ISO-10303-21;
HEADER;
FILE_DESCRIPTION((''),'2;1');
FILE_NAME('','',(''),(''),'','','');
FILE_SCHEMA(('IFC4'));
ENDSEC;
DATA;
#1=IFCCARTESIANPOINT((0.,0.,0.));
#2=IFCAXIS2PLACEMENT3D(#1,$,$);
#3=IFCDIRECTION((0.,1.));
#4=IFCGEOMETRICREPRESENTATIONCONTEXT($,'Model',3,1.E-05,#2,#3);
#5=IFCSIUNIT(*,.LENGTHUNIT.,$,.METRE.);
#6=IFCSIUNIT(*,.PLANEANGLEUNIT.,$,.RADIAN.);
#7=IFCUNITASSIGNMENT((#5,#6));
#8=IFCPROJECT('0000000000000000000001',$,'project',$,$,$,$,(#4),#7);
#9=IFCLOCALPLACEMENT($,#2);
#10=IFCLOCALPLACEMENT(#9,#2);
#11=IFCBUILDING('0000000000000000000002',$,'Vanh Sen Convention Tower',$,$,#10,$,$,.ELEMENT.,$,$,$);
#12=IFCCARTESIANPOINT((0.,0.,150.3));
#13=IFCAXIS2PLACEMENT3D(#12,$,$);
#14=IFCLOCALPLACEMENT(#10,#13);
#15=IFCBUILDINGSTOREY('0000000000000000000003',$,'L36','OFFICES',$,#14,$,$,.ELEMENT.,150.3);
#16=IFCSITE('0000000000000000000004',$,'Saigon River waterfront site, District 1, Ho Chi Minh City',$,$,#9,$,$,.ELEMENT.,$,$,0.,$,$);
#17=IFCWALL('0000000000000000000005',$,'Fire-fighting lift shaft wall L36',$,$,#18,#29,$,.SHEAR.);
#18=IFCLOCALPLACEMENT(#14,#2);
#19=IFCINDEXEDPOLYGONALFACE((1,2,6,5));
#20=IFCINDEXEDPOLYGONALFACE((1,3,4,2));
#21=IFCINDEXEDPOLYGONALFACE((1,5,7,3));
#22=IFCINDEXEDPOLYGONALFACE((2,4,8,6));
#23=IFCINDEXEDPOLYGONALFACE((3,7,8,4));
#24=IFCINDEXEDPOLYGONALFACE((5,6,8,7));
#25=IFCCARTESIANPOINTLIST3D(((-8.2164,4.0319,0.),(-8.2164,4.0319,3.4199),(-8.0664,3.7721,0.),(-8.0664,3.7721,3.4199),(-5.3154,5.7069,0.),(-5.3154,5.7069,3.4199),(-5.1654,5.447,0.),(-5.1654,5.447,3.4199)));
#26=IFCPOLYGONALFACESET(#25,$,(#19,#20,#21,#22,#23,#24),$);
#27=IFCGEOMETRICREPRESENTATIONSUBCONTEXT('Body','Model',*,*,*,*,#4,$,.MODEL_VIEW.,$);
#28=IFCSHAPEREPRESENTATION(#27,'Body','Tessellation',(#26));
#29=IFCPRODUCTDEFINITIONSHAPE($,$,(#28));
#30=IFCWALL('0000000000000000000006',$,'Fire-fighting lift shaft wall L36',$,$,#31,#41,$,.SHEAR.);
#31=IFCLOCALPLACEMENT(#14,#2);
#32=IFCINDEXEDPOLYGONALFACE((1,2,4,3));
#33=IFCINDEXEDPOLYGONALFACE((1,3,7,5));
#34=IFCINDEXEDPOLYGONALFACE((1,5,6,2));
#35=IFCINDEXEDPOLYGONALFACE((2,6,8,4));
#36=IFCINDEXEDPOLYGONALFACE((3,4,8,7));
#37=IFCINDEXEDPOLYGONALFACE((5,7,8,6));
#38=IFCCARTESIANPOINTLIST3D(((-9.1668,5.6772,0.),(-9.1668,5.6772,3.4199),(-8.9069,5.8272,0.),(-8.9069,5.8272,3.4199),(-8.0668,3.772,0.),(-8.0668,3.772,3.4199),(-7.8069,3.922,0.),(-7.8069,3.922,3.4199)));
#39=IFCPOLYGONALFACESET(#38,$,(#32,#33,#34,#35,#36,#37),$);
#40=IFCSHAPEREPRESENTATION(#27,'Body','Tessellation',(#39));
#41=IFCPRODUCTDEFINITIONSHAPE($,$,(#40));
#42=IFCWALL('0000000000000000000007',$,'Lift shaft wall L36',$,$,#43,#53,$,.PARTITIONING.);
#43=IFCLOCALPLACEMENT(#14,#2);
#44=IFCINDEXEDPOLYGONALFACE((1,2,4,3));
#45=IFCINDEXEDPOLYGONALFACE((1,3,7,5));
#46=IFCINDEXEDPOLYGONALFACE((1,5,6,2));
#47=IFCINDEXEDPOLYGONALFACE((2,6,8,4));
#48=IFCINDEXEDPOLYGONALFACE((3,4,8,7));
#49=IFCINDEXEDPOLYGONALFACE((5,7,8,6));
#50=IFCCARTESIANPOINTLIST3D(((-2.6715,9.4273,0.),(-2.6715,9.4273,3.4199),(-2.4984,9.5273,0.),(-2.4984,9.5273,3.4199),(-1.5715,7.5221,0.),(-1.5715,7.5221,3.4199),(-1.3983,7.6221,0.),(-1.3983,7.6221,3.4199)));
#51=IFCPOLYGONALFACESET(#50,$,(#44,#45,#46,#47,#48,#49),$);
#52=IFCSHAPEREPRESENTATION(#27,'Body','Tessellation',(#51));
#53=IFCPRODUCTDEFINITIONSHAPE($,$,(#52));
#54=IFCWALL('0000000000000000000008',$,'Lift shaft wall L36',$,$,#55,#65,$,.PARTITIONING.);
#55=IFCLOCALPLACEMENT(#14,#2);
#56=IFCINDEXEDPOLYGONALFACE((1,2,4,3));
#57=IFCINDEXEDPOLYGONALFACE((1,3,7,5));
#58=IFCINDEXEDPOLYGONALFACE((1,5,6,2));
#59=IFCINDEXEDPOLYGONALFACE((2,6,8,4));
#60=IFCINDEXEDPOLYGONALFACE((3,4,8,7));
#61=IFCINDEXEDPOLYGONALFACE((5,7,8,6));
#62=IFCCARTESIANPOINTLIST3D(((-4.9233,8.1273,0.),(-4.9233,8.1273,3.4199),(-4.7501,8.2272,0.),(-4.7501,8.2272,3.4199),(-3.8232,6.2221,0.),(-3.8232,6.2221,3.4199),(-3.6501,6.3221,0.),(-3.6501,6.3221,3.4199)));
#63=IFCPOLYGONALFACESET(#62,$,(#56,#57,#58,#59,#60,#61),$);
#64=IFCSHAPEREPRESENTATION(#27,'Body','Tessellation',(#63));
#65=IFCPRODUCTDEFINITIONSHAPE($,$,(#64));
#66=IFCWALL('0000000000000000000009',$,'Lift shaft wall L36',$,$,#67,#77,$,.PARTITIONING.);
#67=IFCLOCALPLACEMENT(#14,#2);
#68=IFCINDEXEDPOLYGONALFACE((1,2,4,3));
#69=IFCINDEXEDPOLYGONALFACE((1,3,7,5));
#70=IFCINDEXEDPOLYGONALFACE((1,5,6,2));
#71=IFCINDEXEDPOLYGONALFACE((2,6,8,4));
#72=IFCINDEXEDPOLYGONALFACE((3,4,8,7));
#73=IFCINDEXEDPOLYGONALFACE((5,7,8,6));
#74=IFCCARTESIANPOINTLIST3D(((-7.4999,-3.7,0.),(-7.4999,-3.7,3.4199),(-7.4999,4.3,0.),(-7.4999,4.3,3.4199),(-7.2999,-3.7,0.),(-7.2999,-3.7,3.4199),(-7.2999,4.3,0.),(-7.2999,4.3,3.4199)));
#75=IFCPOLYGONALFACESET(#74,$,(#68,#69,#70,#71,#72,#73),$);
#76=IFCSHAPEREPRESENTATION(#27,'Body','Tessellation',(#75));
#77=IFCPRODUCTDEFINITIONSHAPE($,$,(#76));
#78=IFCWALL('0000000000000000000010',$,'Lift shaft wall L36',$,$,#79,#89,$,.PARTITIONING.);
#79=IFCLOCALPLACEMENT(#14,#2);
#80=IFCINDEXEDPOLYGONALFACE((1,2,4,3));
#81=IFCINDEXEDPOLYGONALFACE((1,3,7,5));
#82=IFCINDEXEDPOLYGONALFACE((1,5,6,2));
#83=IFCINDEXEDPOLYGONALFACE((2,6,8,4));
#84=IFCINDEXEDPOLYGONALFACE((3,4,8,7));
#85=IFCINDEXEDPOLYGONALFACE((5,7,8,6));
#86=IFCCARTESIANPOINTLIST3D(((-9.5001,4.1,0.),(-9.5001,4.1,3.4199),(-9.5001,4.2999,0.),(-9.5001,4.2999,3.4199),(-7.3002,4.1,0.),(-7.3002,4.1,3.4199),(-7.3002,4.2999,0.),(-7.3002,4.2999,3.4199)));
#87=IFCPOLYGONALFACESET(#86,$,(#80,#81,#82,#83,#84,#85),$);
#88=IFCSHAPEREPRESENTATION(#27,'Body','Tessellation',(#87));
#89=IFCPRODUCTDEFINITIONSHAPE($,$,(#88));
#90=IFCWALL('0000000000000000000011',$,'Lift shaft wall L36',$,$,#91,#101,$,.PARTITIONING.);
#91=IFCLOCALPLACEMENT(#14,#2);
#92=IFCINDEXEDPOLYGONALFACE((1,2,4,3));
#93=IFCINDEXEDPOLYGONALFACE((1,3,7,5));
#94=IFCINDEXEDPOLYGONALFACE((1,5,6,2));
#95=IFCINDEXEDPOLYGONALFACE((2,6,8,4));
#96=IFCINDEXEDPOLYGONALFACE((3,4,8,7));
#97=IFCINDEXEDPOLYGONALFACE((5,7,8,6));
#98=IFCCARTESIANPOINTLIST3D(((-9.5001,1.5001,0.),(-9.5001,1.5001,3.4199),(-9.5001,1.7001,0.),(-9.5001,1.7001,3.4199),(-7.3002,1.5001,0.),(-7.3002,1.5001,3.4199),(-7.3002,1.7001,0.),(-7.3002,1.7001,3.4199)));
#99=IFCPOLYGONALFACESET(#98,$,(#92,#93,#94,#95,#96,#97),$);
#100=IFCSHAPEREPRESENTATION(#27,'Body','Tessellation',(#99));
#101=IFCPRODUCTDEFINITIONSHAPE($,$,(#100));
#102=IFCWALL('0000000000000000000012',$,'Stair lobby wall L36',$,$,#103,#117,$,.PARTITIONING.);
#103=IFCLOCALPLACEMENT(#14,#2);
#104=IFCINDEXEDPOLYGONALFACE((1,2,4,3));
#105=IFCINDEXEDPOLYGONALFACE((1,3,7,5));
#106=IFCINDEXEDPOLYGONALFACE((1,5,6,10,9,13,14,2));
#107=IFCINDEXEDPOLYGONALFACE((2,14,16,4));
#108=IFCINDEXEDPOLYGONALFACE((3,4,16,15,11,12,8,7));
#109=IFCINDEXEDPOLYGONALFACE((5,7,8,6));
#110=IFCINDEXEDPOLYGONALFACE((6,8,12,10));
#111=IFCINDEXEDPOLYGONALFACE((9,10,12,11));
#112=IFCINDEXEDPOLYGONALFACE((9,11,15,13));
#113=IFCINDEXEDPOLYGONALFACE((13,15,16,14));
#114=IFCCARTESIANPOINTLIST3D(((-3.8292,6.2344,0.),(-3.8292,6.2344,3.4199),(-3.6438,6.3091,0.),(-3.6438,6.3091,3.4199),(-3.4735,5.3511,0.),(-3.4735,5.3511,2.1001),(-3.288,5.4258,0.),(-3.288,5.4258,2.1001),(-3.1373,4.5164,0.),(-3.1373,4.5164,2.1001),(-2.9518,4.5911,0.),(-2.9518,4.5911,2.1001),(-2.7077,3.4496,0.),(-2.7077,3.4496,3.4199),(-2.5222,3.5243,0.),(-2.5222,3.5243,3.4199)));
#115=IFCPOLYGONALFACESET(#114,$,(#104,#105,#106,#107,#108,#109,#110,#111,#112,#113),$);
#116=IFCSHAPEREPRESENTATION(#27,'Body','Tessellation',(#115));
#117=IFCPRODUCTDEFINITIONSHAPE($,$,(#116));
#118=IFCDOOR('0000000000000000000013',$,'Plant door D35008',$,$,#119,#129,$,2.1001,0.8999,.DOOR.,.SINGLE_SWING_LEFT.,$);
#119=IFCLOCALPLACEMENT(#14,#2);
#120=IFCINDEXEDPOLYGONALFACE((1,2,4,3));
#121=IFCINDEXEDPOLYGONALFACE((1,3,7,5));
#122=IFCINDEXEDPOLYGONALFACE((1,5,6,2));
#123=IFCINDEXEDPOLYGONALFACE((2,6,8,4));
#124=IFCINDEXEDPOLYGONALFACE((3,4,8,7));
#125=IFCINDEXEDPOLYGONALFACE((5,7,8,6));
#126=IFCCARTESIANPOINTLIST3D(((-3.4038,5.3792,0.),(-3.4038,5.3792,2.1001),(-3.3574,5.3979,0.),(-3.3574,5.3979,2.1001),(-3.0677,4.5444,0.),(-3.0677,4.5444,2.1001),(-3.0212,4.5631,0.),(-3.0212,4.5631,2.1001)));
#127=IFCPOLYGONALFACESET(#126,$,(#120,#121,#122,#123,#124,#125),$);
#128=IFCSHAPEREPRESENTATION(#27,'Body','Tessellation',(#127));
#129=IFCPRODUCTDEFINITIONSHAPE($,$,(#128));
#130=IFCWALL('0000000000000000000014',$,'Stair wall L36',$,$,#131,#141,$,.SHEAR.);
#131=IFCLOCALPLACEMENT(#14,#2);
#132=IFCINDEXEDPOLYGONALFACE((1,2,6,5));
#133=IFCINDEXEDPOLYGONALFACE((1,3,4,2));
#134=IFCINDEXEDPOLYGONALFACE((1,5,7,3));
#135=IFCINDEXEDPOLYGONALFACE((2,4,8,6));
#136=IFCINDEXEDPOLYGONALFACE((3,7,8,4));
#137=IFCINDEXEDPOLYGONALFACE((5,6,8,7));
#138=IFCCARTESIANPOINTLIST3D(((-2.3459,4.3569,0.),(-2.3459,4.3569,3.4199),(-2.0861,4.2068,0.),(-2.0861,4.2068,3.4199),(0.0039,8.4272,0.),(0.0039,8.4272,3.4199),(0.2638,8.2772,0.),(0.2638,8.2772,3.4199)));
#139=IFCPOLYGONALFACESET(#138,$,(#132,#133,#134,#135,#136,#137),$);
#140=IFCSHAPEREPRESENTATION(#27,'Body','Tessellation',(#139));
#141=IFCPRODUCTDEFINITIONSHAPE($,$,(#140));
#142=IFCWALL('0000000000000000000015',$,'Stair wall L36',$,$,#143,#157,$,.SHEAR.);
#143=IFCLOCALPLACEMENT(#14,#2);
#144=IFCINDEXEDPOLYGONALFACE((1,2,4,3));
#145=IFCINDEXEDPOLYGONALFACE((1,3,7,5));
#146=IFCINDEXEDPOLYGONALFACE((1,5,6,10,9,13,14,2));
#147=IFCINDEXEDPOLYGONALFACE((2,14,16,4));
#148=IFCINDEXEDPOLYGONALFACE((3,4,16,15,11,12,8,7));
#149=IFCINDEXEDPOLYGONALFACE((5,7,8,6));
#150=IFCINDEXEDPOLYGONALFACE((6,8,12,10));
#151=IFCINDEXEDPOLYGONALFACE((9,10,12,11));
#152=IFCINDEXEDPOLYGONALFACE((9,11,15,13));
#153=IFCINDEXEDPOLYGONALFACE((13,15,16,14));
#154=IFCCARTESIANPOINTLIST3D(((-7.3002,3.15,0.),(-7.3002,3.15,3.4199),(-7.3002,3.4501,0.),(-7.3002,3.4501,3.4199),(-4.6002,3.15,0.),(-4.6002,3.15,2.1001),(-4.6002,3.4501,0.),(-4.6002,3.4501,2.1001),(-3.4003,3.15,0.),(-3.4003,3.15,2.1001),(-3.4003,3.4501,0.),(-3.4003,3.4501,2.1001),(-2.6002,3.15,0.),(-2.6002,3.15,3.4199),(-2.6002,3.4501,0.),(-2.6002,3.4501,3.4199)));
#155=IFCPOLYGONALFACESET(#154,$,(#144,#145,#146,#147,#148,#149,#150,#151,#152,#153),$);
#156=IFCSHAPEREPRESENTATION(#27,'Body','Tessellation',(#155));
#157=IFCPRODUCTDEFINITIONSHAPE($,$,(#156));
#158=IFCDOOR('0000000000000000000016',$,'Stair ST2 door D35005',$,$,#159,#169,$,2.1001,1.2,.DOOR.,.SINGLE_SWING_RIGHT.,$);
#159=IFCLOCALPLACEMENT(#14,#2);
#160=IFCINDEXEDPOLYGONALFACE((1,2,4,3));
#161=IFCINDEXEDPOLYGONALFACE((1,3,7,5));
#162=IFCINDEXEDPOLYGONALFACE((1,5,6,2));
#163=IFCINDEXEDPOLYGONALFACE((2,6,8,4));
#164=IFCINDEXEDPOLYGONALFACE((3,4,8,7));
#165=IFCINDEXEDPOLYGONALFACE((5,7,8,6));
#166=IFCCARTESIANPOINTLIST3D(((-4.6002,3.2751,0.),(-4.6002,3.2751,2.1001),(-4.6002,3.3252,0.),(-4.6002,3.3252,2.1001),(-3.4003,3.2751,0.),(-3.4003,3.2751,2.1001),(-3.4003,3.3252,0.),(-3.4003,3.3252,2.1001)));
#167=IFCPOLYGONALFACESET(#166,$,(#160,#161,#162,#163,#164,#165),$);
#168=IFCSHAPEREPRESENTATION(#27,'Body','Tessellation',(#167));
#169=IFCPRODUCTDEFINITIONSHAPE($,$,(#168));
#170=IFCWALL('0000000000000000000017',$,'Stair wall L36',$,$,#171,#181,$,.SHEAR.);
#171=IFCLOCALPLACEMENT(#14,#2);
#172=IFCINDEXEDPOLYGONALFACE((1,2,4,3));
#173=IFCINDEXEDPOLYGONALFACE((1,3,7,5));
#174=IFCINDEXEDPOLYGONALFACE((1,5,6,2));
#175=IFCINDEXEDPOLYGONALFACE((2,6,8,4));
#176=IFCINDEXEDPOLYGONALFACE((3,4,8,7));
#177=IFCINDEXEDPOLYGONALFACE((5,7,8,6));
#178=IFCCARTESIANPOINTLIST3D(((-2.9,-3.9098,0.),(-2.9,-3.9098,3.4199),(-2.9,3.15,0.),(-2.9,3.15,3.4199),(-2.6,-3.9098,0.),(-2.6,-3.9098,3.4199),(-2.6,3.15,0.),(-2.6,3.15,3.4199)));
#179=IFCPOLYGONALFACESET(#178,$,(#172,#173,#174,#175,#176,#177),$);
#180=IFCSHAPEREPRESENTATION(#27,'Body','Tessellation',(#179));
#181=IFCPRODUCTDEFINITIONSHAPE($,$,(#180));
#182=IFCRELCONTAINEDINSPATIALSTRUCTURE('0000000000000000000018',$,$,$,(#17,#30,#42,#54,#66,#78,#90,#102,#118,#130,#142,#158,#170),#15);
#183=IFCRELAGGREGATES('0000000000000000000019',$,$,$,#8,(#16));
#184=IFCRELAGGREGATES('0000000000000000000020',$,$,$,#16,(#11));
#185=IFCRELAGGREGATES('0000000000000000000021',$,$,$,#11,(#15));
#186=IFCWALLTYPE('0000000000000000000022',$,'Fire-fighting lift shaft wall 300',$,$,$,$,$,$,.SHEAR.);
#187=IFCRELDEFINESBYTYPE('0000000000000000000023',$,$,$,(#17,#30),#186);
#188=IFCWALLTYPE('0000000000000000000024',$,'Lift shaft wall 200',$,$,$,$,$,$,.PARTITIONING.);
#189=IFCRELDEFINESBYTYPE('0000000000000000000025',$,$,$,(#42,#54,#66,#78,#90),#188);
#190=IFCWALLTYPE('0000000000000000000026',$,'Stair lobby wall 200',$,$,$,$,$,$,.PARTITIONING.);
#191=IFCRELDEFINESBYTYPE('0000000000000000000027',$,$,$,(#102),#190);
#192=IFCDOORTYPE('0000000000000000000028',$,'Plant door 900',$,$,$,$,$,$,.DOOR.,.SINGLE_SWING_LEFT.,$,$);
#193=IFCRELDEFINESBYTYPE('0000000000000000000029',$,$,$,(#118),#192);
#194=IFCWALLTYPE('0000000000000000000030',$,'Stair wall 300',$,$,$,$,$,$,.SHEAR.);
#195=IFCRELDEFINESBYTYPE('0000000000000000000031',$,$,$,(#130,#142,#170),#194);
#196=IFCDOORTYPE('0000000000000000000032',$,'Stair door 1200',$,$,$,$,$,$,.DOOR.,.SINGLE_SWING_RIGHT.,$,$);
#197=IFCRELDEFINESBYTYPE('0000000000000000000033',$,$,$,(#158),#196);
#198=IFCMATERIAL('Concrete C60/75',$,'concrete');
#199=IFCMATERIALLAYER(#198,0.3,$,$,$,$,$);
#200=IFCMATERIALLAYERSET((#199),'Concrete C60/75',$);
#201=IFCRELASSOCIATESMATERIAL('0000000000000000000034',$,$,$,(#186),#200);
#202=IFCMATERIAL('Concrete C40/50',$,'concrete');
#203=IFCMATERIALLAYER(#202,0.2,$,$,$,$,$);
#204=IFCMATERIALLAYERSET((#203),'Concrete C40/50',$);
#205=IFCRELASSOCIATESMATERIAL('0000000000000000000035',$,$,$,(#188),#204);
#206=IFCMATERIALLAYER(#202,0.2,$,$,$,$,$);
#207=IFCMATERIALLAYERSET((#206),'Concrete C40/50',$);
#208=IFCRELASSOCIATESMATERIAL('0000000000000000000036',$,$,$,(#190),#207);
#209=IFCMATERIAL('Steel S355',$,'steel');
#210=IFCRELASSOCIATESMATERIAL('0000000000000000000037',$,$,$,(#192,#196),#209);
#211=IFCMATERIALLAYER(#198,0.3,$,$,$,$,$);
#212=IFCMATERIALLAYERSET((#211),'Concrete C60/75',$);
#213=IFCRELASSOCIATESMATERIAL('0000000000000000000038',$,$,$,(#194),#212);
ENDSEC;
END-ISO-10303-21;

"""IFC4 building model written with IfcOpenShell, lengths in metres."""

from ifc_helpers import new_model, si_unit, direction, frame, frame_2d, origin, place, context, subcontext, project, spatial, rectangle, extrude, material, layer, layer_set, type_object, element, fill, save


model = new_model("IFC4")

# Units and contexts
model_context = context("Model", 3, precision=1e-05, world=origin(), true_north=direction((0.0, 1.0)))
body_context = subcontext(model_context, "Body", "Model", "MODEL_VIEW")
ifc_project = project(units=[si_unit("LENGTHUNIT", "METRE"), si_unit("PLANEANGLEUNIT", "RADIAN")], contexts=[model_context])

# Site, building, storey
site_placement = place(None, origin())
site = spatial("IfcSite", under=ifc_project, at=site_placement, Name="Saigon River waterfront site, District 1, Ho Chi Minh City", CompositionType="ELEMENT", RefElevation=0.0)
building_placement = place(site_placement, origin())
building = spatial("IfcBuilding", under=site, at=building_placement, Name="Vanh Sen Convention Tower", CompositionType="ELEMENT")
storey_placement = place(building_placement, frame((0.0, 0.0, 150.3)))
storey = spatial("IfcBuildingStorey", under=building, at=storey_placement, Name="L36", Description="OFFICES", CompositionType="ELEMENT", Elevation=150.3)

# Shared definitions
ifc_material_1 = material(Name="Concrete C60/75", Category="concrete")
ifc_layer_1 = layer(ifc_material_1, 0.3)
ifc_layer_set_1 = layer_set([ifc_layer_1], Name="Concrete C60/75")
wall_type_1 = type_object("IfcWallType", Name="Fire-fighting lift shaft wall 300", PredefinedType="SHEAR", material=ifc_layer_set_1)

# Walls
wall_1_placement = place(storey_placement, frame((-5.2405, 5.5769, 0.0), z_axis=(0.0, 0.0, 1.0), x_axis=(-0.866014, -0.500019, 0.0)))
element("IfcWall", 1, at=wall_1_placement, inside=storey, type_object=wall_type_1, Name="Fire-fighting lift shaft wall L36", PredefinedType="SHEAR", context=body_context, shape_type="SweptSolid", body=[
    extrude(rectangle(XDim=3.3499, YDim=0.3, at=frame_2d((1.6748, 0.0))), origin(), (0.0, 0.0, 1.0), 3.4199),
])
wall_2_placement = place(storey_placement, frame((-7.9368, 3.8469, 0.0), z_axis=(0.0, 0.0, 1.0), x_axis=(-0.50003, 0.866008, 0.0)))
element("IfcWall", 2, at=wall_2_placement, inside=storey, type_object=wall_type_1, Name="Fire-fighting lift shaft wall L36", PredefinedType="SHEAR", context=body_context, shape_type="SweptSolid", body=[
    extrude(rectangle(XDim=2.2, YDim=0.3, at=frame_2d((1.1001, 0.0))), origin(), (0.0, 0.0, 1.0), 3.4199),
])
ifc_material_2 = material(Name="Concrete C40/50", Category="concrete")
ifc_layer_2 = layer(ifc_material_2, 0.2)
ifc_layer_set_2 = layer_set([ifc_layer_2], Name="Concrete C40/50")
wall_type_2 = type_object("IfcWallType", Name="Lift shaft wall 200", PredefinedType="PARTITIONING", material=ifc_layer_set_2)
for number, where, z_axis, x_axis, name in (
    (3, (-1.4849, 7.572, 0.0), (0.0, 0.0, 1.0), (-0.50003, 0.866008, 0.0), "Lift shaft wall L36"),
    (4, (-3.7366, 6.272, 0.0), (0.0, 0.0, 1.0), (-0.50003, 0.866008, 0.0), "Lift shaft wall L36"),
):
    element("IfcWall", number, at=place(storey_placement, frame(where, z_axis=z_axis, x_axis=x_axis)), inside=storey, type_object=wall_type_2, Name=name, PredefinedType="PARTITIONING", context=body_context, shape_type="SweptSolid", body=[
        extrude(rectangle(XDim=2.2, YDim=0.2, at=frame_2d((1.1001, 0.0))), origin(), (0.0, 0.0, 1.0), 3.4199),
    ])
wall_3_placement = place(storey_placement, frame((-7.3999, 4.3, 0.0), z_axis=(0.0, 0.0, 1.0), x_axis=(0.0, -1.0, 0.0)))
element("IfcWall", 5, at=wall_3_placement, inside=storey, type_object=wall_type_2, Name="Lift shaft wall L36", PredefinedType="PARTITIONING", context=body_context, shape_type="SweptSolid", body=[
    extrude(rectangle(XDim=8.0, YDim=0.2, at=frame_2d((4.0, 0.0))), origin(), (0.0, 0.0, 1.0), 3.4199),
])
for number, where, z_axis, x_axis, name in (
    (6, (-7.3, 4.2, 0.0), (0.0, 0.0, 1.0), (-1.0, 0.0, 0.0), "Lift shaft wall L36"),
    (7, (-7.3, 1.6001, 0.0), (0.0, 0.0, 1.0), (-1.0, 0.0, 0.0), "Lift shaft wall L36"),
):
    element("IfcWall", number, at=place(storey_placement, frame(where, z_axis=z_axis, x_axis=x_axis)), inside=storey, type_object=wall_type_2, Name=name, PredefinedType="PARTITIONING", context=body_context, shape_type="SweptSolid", body=[
        extrude(rectangle(XDim=2.2, YDim=0.2, at=frame_2d((1.1001, 0.0))), origin(), (0.0, 0.0, 1.0), 3.4199),
    ])

# Wall, opening, door
ifc_layer_3 = layer(ifc_material_2, 0.2)
ifc_layer_set_3 = layer_set([ifc_layer_3], Name="Concrete C40/50")
wall_type_3 = type_object("IfcWallType", Name="Stair lobby wall 200", PredefinedType="PARTITIONING", material=ifc_layer_set_3)
wall_4_placement = place(storey_placement, frame((-2.615, 3.4871, 0.0), z_axis=(0.0, 0.0, 1.0), x_axis=(-0.373577, 0.927599, 0.0)))
wall_4 = element("IfcWall", 8, at=wall_4_placement, inside=storey, type_object=wall_type_3, Name="Stair lobby wall L36", PredefinedType="PARTITIONING", context=body_context, shape_type="SweptSolid", body=[
    extrude(rectangle(XDim=3.0022, YDim=0.2, at=frame_2d((1.501, 0.0))), origin(), (0.0, 0.0, 1.0), 3.4199),
])
opening_1_placement = place(wall_4_placement, frame((1.1499, 0.0, 0.0)))
opening_1 = element("IfcOpeningElement", 9, at=opening_1_placement, cuts=wall_4, PredefinedType="OPENING", context=body_context, shape_type="SweptSolid", body=[
    extrude(rectangle(XDim=0.8999, YDim=2.1001, at=frame_2d((0.45, 1.05))), frame((0.0, 0.1099, 0.0), z_axis=(0.0, -1.0, 0.0), x_axis=(1.0, 0.0, 0.0)), (0.0, 0.0, 1.0), 0.22),
])
ifc_material_3 = material(Name="Steel S355", Category="steel")
door_type_1 = type_object("IfcDoorType", Name="Plant door 900", OperationType="SINGLE_SWING_LEFT", PredefinedType="DOOR", material=ifc_material_3)
door_1_placement = place(opening_1_placement, origin())
door_1 = element("IfcDoor", 10, at=door_1_placement, inside=storey, type_object=door_type_1, Name="Plant door D35008", OperationType="SINGLE_SWING_LEFT", OverallHeight=2.1001, OverallWidth=0.8999, PredefinedType="DOOR", context=body_context, shape_type="SweptSolid", body=[
    extrude(rectangle(XDim=0.8999, YDim=2.1001, at=frame_2d((0.45, 1.05))), frame((0.0, 0.0249, 0.0), z_axis=(0.0, -1.0, 0.0), x_axis=(1.0, 0.0, 0.0)), (0.0, 0.0, 1.0), 0.05),
])
fill(opening_1, door_1)

# Wall
ifc_layer_4 = layer(ifc_material_1, 0.3)
ifc_layer_set_4 = layer_set([ifc_layer_4], Name="Concrete C60/75")
wall_type_4 = type_object("IfcWallType", Name="Stair wall 300", PredefinedType="SHEAR", material=ifc_layer_set_4)
wall_5_placement = place(storey_placement, frame((-2.2161, 4.2817, 0.0), z_axis=(0.0, 0.0, 1.0), x_axis=(0.499977, 0.866039, 0.0)))
element("IfcWall", 11, at=wall_5_placement, inside=storey, type_object=wall_type_4, Name="Stair wall L36", PredefinedType="SHEAR", context=body_context, shape_type="SweptSolid", body=[
    extrude(rectangle(XDim=4.7, YDim=0.3, at=frame_2d((2.3501, 0.0))), origin(), (0.0, 0.0, 1.0), 3.4199),
])

# Wall, opening, door
wall_6_placement = place(storey_placement, frame((-2.6001, 3.3, 0.0), z_axis=(0.0, 0.0, 1.0), x_axis=(-1.0, 0.0, 0.0)))
wall_6 = element("IfcWall", 12, at=wall_6_placement, inside=storey, type_object=wall_type_4, Name="Stair wall L36", PredefinedType="SHEAR", context=body_context, shape_type="SweptSolid", body=[
    extrude(rectangle(XDim=4.7, YDim=0.3, at=frame_2d((2.3501, 0.0))), origin(), (0.0, 0.0, 1.0), 3.4199),
])
opening_2_placement = place(wall_6_placement, frame((0.8, 0.0, 0.0)))
opening_2 = element("IfcOpeningElement", 13, at=opening_2_placement, cuts=wall_6, PredefinedType="OPENING", context=body_context, shape_type="SweptSolid", body=[
    extrude(rectangle(XDim=1.2, YDim=2.1001, at=frame_2d((0.6001, 1.05))), frame((0.0, 0.1599, 0.0), z_axis=(0.0, -1.0, 0.0), x_axis=(1.0, 0.0, 0.0)), (0.0, 0.0, 1.0), 0.3201),
])
door_type_2 = type_object("IfcDoorType", Name="Stair door 1200", OperationType="SINGLE_SWING_RIGHT", PredefinedType="DOOR", material=ifc_material_3)
door_2_placement = place(opening_2_placement, origin())
door_2 = element("IfcDoor", 14, at=door_2_placement, inside=storey, type_object=door_type_2, Name="Stair ST2 door D35005", OperationType="SINGLE_SWING_RIGHT", OverallHeight=2.1001, OverallWidth=1.2, PredefinedType="DOOR", context=body_context, shape_type="SweptSolid", body=[
    extrude(rectangle(XDim=1.2, YDim=2.1001, at=frame_2d((0.6001, 1.05))), frame((0.0, 0.0249, 0.0), z_axis=(0.0, -1.0, 0.0), x_axis=(1.0, 0.0, 0.0)), (0.0, 0.0, 1.0), 0.05),
])
fill(opening_2, door_2)

# Wall
for number, where, z_axis, x_axis, name in (
    (15, (-2.75, 3.1499, 0.0), (0.0, 0.0, 1.0), (0.0, -1.0, 0.0), "Stair wall L36"),
):
    element("IfcWall", number, at=place(storey_placement, frame(where, z_axis=z_axis, x_axis=x_axis)), inside=storey, type_object=wall_type_4, Name=name, PredefinedType="SHEAR", context=body_context, shape_type="SweptSolid", body=[
        extrude(rectangle(XDim=7.0598, YDim=0.3, at=frame_2d((3.5298, 0.0))), origin(), (0.0, 0.0, 1.0), 3.4199),
    ])

save(model, "model.ifc")
